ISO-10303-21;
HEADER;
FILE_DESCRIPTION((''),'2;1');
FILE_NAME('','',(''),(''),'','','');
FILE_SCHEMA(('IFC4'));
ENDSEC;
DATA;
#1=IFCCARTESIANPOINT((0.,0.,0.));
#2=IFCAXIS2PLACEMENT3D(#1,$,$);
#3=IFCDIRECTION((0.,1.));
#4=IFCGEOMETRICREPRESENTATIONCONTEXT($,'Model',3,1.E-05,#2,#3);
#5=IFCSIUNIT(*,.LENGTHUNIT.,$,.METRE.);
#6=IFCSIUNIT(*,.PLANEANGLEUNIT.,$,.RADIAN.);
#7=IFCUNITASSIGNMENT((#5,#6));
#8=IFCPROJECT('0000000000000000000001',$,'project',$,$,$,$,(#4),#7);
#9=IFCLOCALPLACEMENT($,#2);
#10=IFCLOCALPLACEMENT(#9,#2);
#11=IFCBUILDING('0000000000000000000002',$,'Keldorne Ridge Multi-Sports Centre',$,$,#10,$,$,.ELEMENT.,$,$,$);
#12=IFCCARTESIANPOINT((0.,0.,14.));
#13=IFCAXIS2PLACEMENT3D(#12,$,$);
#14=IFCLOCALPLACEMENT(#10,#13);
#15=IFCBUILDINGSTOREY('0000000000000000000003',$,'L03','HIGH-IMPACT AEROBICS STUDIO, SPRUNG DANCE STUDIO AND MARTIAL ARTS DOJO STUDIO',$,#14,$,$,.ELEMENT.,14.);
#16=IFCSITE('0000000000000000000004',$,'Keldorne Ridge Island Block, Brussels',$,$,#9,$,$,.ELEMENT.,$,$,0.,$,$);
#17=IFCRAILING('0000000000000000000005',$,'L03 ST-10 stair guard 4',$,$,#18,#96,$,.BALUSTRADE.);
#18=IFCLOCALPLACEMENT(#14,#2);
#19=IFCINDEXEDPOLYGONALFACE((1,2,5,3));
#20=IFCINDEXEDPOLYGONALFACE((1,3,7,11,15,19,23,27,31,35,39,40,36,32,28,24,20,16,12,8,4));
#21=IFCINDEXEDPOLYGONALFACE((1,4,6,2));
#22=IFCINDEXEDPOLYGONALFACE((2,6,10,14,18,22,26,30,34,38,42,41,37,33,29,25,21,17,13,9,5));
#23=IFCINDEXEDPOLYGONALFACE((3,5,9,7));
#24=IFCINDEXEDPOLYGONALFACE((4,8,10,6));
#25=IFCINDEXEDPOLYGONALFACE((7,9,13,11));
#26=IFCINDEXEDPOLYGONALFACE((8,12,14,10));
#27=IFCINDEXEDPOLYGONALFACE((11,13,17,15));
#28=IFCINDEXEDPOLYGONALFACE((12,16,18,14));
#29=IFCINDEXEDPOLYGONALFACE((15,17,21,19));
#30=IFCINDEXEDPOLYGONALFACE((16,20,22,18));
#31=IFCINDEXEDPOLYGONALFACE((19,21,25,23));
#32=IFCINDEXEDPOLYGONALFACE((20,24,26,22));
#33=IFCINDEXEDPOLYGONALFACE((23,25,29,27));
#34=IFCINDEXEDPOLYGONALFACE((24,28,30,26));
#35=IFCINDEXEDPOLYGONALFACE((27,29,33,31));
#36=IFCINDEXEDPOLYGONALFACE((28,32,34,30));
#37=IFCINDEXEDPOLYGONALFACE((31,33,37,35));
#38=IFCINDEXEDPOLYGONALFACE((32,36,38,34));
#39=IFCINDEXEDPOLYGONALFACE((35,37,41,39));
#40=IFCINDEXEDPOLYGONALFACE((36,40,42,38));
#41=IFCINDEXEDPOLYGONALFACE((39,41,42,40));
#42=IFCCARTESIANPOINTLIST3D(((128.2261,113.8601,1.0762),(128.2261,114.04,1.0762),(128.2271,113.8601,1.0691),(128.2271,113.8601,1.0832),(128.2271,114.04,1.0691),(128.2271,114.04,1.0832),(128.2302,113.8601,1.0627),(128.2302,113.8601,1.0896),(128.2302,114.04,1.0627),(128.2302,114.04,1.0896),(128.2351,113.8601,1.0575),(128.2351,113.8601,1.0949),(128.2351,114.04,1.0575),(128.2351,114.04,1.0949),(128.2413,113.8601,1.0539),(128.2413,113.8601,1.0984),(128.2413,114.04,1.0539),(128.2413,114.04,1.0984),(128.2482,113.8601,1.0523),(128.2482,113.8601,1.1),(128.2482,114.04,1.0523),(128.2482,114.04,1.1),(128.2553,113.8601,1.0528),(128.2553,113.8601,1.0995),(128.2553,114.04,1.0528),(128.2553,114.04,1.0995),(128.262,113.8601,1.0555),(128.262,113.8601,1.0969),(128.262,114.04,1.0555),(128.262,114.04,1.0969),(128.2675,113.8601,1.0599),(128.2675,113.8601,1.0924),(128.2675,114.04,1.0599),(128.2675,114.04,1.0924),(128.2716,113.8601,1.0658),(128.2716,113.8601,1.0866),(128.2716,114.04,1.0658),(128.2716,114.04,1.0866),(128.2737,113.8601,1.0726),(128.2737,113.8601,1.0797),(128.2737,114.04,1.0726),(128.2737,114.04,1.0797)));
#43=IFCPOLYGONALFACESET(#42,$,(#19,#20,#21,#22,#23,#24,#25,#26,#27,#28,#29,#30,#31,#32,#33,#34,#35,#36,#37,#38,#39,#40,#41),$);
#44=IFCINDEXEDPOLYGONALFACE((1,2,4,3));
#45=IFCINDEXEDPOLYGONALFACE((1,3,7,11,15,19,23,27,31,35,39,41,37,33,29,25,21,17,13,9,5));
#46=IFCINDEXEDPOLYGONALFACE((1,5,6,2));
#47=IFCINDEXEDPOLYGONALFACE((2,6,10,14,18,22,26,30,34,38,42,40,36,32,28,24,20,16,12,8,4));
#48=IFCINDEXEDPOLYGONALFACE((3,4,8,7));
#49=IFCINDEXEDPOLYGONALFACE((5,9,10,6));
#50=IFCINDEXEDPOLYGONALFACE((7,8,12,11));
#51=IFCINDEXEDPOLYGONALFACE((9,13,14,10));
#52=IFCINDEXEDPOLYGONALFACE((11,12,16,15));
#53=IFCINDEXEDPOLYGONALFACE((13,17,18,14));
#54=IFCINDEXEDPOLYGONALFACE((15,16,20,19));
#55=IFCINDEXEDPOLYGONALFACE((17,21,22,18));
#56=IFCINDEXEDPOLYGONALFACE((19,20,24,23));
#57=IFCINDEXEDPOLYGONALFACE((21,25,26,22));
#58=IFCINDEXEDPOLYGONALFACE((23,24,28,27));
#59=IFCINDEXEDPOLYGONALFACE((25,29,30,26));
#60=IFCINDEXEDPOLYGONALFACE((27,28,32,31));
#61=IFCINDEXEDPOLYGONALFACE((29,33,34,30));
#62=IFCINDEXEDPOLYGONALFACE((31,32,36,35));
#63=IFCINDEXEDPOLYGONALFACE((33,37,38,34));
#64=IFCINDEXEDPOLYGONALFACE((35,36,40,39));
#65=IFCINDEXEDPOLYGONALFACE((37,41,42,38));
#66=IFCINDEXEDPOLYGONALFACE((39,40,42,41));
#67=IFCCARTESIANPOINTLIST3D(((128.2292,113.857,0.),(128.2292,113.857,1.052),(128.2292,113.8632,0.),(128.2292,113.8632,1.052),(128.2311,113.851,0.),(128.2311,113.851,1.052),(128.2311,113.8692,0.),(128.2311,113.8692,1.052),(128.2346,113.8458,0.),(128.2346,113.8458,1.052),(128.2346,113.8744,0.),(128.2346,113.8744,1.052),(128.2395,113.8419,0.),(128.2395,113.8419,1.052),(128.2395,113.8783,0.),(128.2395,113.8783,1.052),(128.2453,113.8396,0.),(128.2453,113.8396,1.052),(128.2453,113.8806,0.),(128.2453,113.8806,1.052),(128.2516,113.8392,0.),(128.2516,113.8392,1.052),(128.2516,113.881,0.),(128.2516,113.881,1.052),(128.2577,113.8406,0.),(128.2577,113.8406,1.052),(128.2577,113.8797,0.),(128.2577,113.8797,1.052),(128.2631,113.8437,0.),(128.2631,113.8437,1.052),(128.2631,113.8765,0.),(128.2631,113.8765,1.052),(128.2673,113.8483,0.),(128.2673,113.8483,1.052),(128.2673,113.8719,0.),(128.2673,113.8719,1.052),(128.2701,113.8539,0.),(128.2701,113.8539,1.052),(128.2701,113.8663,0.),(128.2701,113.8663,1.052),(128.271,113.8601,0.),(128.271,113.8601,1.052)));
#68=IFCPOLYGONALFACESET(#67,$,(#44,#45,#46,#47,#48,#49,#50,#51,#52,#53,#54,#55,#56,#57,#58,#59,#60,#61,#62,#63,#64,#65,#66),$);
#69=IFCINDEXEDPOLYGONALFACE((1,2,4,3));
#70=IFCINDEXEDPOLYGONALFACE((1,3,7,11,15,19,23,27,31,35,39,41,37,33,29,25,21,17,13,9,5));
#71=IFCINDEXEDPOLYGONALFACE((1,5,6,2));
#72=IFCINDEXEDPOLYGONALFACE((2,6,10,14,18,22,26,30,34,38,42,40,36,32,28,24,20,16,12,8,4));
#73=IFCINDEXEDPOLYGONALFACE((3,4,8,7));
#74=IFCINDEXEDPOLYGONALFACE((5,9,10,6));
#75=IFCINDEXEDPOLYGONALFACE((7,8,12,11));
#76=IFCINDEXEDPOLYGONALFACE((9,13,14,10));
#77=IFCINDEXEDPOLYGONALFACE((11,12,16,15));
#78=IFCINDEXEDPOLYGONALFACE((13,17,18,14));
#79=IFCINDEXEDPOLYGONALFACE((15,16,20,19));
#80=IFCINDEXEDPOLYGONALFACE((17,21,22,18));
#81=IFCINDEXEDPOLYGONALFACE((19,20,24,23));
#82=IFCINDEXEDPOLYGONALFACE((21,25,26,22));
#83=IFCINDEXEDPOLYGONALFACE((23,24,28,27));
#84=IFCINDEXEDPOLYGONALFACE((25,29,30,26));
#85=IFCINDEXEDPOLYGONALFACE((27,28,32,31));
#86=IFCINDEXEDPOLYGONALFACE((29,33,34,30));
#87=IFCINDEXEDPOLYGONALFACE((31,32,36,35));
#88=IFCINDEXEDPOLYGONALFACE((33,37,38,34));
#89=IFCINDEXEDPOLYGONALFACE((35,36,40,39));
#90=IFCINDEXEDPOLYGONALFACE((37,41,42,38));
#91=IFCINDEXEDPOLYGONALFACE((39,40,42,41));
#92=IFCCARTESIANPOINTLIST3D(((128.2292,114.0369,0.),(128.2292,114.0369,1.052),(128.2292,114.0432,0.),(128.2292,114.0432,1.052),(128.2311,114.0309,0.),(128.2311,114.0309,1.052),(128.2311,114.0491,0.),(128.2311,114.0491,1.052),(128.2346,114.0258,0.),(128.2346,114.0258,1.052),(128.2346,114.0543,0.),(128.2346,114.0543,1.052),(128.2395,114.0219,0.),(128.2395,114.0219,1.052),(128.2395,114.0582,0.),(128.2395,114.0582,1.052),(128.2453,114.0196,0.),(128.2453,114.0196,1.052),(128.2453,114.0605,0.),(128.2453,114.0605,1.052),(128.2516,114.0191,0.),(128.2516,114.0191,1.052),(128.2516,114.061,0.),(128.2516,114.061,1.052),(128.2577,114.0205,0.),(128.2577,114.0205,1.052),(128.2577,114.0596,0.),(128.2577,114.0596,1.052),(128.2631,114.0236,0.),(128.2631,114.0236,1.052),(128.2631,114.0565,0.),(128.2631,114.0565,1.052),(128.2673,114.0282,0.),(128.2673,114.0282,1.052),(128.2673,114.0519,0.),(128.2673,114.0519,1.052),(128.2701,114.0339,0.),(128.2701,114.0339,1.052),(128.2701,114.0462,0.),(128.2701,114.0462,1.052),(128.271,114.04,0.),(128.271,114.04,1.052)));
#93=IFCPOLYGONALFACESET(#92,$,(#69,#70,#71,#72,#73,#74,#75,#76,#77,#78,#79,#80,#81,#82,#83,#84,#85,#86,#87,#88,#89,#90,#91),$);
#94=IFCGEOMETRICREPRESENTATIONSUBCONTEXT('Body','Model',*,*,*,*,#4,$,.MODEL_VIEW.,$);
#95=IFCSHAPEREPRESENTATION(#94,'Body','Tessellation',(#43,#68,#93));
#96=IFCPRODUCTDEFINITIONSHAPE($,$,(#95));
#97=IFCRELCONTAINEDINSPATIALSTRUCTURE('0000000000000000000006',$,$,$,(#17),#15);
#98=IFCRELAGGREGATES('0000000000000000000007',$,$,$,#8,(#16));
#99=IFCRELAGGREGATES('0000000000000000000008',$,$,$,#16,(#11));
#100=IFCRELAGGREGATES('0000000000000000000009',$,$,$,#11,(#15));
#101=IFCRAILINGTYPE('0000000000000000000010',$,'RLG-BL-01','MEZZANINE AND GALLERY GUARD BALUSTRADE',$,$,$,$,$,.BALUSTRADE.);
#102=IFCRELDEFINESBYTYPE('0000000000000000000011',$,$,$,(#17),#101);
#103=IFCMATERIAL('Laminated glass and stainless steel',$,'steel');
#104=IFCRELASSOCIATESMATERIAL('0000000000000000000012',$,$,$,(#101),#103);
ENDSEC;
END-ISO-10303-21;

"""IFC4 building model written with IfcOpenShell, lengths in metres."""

from ifc_helpers import new_model, si_unit, direction, frame, origin, origin_2d, place, context, subcontext, project, spatial, circle, extrude, material, type_object, element, save


model = new_model("IFC4")

# Units and contexts
model_context = context("Model", 3, precision=1e-05, world=origin(), true_north=direction((0.0, 1.0)))
body_context = subcontext(model_context, "Body", "Model", "MODEL_VIEW")
ifc_project = project(units=[si_unit("LENGTHUNIT", "METRE"), si_unit("PLANEANGLEUNIT", "RADIAN")], contexts=[model_context])

# Site, building, storey
site_placement = place(None, origin())
site = spatial("IfcSite", under=ifc_project, at=site_placement, Name="Keldorne Ridge Island Block, Brussels", CompositionType="ELEMENT", RefElevation=0.0)
building_placement = place(site_placement, origin())
building = spatial("IfcBuilding", under=site, at=building_placement, Name="Keldorne Ridge Multi-Sports Centre", CompositionType="ELEMENT")
storey_placement = place(building_placement, frame((0.0, 0.0, 14.0)))
storey = spatial("IfcBuildingStorey", under=building, at=storey_placement, Name="L03", Description="HIGH-IMPACT AEROBICS STUDIO, SPRUNG DANCE STUDIO AND MARTIAL ARTS DOJO STUDIO", CompositionType="ELEMENT", Elevation=14.0)

# Railing
ifc_material_1 = material(Name="Laminated glass and stainless steel", Category="steel")
railing_type_1 = type_object("IfcRailingType", Name="RLG-BL-01", Description="MEZZANINE AND GALLERY GUARD BALUSTRADE", PredefinedType="BALUSTRADE", material=ifc_material_1)
railing_1_placement = place(storey_placement, frame((128.25, 113.8601, 0.0)))
element("IfcRailing", 1, at=railing_1_placement, inside=storey, type_object=railing_type_1, Name="L03 ST-10 stair guard 4", PredefinedType="BALUSTRADE", context=body_context, shape_type="SweptSolid", body=[
    extrude(circle(Radius=0.0239, at=origin_2d()), frame((0.0, 0.0, 1.0762), z_axis=(0.0, 1.0, 0.0), x_axis=(-1.0, 0.0, 0.0)), (0.0, 0.0, 1.0), 0.1799),
    extrude(circle(Radius=0.021, at=origin_2d()), origin(), (0.0, 0.0, 1.0), 1.052),
    extrude(circle(Radius=0.021, at=origin_2d()), frame((0.0, 0.1799, 0.0)), (0.0, 0.0, 1.0), 1.052),
])

save(model, "model.ifc")
